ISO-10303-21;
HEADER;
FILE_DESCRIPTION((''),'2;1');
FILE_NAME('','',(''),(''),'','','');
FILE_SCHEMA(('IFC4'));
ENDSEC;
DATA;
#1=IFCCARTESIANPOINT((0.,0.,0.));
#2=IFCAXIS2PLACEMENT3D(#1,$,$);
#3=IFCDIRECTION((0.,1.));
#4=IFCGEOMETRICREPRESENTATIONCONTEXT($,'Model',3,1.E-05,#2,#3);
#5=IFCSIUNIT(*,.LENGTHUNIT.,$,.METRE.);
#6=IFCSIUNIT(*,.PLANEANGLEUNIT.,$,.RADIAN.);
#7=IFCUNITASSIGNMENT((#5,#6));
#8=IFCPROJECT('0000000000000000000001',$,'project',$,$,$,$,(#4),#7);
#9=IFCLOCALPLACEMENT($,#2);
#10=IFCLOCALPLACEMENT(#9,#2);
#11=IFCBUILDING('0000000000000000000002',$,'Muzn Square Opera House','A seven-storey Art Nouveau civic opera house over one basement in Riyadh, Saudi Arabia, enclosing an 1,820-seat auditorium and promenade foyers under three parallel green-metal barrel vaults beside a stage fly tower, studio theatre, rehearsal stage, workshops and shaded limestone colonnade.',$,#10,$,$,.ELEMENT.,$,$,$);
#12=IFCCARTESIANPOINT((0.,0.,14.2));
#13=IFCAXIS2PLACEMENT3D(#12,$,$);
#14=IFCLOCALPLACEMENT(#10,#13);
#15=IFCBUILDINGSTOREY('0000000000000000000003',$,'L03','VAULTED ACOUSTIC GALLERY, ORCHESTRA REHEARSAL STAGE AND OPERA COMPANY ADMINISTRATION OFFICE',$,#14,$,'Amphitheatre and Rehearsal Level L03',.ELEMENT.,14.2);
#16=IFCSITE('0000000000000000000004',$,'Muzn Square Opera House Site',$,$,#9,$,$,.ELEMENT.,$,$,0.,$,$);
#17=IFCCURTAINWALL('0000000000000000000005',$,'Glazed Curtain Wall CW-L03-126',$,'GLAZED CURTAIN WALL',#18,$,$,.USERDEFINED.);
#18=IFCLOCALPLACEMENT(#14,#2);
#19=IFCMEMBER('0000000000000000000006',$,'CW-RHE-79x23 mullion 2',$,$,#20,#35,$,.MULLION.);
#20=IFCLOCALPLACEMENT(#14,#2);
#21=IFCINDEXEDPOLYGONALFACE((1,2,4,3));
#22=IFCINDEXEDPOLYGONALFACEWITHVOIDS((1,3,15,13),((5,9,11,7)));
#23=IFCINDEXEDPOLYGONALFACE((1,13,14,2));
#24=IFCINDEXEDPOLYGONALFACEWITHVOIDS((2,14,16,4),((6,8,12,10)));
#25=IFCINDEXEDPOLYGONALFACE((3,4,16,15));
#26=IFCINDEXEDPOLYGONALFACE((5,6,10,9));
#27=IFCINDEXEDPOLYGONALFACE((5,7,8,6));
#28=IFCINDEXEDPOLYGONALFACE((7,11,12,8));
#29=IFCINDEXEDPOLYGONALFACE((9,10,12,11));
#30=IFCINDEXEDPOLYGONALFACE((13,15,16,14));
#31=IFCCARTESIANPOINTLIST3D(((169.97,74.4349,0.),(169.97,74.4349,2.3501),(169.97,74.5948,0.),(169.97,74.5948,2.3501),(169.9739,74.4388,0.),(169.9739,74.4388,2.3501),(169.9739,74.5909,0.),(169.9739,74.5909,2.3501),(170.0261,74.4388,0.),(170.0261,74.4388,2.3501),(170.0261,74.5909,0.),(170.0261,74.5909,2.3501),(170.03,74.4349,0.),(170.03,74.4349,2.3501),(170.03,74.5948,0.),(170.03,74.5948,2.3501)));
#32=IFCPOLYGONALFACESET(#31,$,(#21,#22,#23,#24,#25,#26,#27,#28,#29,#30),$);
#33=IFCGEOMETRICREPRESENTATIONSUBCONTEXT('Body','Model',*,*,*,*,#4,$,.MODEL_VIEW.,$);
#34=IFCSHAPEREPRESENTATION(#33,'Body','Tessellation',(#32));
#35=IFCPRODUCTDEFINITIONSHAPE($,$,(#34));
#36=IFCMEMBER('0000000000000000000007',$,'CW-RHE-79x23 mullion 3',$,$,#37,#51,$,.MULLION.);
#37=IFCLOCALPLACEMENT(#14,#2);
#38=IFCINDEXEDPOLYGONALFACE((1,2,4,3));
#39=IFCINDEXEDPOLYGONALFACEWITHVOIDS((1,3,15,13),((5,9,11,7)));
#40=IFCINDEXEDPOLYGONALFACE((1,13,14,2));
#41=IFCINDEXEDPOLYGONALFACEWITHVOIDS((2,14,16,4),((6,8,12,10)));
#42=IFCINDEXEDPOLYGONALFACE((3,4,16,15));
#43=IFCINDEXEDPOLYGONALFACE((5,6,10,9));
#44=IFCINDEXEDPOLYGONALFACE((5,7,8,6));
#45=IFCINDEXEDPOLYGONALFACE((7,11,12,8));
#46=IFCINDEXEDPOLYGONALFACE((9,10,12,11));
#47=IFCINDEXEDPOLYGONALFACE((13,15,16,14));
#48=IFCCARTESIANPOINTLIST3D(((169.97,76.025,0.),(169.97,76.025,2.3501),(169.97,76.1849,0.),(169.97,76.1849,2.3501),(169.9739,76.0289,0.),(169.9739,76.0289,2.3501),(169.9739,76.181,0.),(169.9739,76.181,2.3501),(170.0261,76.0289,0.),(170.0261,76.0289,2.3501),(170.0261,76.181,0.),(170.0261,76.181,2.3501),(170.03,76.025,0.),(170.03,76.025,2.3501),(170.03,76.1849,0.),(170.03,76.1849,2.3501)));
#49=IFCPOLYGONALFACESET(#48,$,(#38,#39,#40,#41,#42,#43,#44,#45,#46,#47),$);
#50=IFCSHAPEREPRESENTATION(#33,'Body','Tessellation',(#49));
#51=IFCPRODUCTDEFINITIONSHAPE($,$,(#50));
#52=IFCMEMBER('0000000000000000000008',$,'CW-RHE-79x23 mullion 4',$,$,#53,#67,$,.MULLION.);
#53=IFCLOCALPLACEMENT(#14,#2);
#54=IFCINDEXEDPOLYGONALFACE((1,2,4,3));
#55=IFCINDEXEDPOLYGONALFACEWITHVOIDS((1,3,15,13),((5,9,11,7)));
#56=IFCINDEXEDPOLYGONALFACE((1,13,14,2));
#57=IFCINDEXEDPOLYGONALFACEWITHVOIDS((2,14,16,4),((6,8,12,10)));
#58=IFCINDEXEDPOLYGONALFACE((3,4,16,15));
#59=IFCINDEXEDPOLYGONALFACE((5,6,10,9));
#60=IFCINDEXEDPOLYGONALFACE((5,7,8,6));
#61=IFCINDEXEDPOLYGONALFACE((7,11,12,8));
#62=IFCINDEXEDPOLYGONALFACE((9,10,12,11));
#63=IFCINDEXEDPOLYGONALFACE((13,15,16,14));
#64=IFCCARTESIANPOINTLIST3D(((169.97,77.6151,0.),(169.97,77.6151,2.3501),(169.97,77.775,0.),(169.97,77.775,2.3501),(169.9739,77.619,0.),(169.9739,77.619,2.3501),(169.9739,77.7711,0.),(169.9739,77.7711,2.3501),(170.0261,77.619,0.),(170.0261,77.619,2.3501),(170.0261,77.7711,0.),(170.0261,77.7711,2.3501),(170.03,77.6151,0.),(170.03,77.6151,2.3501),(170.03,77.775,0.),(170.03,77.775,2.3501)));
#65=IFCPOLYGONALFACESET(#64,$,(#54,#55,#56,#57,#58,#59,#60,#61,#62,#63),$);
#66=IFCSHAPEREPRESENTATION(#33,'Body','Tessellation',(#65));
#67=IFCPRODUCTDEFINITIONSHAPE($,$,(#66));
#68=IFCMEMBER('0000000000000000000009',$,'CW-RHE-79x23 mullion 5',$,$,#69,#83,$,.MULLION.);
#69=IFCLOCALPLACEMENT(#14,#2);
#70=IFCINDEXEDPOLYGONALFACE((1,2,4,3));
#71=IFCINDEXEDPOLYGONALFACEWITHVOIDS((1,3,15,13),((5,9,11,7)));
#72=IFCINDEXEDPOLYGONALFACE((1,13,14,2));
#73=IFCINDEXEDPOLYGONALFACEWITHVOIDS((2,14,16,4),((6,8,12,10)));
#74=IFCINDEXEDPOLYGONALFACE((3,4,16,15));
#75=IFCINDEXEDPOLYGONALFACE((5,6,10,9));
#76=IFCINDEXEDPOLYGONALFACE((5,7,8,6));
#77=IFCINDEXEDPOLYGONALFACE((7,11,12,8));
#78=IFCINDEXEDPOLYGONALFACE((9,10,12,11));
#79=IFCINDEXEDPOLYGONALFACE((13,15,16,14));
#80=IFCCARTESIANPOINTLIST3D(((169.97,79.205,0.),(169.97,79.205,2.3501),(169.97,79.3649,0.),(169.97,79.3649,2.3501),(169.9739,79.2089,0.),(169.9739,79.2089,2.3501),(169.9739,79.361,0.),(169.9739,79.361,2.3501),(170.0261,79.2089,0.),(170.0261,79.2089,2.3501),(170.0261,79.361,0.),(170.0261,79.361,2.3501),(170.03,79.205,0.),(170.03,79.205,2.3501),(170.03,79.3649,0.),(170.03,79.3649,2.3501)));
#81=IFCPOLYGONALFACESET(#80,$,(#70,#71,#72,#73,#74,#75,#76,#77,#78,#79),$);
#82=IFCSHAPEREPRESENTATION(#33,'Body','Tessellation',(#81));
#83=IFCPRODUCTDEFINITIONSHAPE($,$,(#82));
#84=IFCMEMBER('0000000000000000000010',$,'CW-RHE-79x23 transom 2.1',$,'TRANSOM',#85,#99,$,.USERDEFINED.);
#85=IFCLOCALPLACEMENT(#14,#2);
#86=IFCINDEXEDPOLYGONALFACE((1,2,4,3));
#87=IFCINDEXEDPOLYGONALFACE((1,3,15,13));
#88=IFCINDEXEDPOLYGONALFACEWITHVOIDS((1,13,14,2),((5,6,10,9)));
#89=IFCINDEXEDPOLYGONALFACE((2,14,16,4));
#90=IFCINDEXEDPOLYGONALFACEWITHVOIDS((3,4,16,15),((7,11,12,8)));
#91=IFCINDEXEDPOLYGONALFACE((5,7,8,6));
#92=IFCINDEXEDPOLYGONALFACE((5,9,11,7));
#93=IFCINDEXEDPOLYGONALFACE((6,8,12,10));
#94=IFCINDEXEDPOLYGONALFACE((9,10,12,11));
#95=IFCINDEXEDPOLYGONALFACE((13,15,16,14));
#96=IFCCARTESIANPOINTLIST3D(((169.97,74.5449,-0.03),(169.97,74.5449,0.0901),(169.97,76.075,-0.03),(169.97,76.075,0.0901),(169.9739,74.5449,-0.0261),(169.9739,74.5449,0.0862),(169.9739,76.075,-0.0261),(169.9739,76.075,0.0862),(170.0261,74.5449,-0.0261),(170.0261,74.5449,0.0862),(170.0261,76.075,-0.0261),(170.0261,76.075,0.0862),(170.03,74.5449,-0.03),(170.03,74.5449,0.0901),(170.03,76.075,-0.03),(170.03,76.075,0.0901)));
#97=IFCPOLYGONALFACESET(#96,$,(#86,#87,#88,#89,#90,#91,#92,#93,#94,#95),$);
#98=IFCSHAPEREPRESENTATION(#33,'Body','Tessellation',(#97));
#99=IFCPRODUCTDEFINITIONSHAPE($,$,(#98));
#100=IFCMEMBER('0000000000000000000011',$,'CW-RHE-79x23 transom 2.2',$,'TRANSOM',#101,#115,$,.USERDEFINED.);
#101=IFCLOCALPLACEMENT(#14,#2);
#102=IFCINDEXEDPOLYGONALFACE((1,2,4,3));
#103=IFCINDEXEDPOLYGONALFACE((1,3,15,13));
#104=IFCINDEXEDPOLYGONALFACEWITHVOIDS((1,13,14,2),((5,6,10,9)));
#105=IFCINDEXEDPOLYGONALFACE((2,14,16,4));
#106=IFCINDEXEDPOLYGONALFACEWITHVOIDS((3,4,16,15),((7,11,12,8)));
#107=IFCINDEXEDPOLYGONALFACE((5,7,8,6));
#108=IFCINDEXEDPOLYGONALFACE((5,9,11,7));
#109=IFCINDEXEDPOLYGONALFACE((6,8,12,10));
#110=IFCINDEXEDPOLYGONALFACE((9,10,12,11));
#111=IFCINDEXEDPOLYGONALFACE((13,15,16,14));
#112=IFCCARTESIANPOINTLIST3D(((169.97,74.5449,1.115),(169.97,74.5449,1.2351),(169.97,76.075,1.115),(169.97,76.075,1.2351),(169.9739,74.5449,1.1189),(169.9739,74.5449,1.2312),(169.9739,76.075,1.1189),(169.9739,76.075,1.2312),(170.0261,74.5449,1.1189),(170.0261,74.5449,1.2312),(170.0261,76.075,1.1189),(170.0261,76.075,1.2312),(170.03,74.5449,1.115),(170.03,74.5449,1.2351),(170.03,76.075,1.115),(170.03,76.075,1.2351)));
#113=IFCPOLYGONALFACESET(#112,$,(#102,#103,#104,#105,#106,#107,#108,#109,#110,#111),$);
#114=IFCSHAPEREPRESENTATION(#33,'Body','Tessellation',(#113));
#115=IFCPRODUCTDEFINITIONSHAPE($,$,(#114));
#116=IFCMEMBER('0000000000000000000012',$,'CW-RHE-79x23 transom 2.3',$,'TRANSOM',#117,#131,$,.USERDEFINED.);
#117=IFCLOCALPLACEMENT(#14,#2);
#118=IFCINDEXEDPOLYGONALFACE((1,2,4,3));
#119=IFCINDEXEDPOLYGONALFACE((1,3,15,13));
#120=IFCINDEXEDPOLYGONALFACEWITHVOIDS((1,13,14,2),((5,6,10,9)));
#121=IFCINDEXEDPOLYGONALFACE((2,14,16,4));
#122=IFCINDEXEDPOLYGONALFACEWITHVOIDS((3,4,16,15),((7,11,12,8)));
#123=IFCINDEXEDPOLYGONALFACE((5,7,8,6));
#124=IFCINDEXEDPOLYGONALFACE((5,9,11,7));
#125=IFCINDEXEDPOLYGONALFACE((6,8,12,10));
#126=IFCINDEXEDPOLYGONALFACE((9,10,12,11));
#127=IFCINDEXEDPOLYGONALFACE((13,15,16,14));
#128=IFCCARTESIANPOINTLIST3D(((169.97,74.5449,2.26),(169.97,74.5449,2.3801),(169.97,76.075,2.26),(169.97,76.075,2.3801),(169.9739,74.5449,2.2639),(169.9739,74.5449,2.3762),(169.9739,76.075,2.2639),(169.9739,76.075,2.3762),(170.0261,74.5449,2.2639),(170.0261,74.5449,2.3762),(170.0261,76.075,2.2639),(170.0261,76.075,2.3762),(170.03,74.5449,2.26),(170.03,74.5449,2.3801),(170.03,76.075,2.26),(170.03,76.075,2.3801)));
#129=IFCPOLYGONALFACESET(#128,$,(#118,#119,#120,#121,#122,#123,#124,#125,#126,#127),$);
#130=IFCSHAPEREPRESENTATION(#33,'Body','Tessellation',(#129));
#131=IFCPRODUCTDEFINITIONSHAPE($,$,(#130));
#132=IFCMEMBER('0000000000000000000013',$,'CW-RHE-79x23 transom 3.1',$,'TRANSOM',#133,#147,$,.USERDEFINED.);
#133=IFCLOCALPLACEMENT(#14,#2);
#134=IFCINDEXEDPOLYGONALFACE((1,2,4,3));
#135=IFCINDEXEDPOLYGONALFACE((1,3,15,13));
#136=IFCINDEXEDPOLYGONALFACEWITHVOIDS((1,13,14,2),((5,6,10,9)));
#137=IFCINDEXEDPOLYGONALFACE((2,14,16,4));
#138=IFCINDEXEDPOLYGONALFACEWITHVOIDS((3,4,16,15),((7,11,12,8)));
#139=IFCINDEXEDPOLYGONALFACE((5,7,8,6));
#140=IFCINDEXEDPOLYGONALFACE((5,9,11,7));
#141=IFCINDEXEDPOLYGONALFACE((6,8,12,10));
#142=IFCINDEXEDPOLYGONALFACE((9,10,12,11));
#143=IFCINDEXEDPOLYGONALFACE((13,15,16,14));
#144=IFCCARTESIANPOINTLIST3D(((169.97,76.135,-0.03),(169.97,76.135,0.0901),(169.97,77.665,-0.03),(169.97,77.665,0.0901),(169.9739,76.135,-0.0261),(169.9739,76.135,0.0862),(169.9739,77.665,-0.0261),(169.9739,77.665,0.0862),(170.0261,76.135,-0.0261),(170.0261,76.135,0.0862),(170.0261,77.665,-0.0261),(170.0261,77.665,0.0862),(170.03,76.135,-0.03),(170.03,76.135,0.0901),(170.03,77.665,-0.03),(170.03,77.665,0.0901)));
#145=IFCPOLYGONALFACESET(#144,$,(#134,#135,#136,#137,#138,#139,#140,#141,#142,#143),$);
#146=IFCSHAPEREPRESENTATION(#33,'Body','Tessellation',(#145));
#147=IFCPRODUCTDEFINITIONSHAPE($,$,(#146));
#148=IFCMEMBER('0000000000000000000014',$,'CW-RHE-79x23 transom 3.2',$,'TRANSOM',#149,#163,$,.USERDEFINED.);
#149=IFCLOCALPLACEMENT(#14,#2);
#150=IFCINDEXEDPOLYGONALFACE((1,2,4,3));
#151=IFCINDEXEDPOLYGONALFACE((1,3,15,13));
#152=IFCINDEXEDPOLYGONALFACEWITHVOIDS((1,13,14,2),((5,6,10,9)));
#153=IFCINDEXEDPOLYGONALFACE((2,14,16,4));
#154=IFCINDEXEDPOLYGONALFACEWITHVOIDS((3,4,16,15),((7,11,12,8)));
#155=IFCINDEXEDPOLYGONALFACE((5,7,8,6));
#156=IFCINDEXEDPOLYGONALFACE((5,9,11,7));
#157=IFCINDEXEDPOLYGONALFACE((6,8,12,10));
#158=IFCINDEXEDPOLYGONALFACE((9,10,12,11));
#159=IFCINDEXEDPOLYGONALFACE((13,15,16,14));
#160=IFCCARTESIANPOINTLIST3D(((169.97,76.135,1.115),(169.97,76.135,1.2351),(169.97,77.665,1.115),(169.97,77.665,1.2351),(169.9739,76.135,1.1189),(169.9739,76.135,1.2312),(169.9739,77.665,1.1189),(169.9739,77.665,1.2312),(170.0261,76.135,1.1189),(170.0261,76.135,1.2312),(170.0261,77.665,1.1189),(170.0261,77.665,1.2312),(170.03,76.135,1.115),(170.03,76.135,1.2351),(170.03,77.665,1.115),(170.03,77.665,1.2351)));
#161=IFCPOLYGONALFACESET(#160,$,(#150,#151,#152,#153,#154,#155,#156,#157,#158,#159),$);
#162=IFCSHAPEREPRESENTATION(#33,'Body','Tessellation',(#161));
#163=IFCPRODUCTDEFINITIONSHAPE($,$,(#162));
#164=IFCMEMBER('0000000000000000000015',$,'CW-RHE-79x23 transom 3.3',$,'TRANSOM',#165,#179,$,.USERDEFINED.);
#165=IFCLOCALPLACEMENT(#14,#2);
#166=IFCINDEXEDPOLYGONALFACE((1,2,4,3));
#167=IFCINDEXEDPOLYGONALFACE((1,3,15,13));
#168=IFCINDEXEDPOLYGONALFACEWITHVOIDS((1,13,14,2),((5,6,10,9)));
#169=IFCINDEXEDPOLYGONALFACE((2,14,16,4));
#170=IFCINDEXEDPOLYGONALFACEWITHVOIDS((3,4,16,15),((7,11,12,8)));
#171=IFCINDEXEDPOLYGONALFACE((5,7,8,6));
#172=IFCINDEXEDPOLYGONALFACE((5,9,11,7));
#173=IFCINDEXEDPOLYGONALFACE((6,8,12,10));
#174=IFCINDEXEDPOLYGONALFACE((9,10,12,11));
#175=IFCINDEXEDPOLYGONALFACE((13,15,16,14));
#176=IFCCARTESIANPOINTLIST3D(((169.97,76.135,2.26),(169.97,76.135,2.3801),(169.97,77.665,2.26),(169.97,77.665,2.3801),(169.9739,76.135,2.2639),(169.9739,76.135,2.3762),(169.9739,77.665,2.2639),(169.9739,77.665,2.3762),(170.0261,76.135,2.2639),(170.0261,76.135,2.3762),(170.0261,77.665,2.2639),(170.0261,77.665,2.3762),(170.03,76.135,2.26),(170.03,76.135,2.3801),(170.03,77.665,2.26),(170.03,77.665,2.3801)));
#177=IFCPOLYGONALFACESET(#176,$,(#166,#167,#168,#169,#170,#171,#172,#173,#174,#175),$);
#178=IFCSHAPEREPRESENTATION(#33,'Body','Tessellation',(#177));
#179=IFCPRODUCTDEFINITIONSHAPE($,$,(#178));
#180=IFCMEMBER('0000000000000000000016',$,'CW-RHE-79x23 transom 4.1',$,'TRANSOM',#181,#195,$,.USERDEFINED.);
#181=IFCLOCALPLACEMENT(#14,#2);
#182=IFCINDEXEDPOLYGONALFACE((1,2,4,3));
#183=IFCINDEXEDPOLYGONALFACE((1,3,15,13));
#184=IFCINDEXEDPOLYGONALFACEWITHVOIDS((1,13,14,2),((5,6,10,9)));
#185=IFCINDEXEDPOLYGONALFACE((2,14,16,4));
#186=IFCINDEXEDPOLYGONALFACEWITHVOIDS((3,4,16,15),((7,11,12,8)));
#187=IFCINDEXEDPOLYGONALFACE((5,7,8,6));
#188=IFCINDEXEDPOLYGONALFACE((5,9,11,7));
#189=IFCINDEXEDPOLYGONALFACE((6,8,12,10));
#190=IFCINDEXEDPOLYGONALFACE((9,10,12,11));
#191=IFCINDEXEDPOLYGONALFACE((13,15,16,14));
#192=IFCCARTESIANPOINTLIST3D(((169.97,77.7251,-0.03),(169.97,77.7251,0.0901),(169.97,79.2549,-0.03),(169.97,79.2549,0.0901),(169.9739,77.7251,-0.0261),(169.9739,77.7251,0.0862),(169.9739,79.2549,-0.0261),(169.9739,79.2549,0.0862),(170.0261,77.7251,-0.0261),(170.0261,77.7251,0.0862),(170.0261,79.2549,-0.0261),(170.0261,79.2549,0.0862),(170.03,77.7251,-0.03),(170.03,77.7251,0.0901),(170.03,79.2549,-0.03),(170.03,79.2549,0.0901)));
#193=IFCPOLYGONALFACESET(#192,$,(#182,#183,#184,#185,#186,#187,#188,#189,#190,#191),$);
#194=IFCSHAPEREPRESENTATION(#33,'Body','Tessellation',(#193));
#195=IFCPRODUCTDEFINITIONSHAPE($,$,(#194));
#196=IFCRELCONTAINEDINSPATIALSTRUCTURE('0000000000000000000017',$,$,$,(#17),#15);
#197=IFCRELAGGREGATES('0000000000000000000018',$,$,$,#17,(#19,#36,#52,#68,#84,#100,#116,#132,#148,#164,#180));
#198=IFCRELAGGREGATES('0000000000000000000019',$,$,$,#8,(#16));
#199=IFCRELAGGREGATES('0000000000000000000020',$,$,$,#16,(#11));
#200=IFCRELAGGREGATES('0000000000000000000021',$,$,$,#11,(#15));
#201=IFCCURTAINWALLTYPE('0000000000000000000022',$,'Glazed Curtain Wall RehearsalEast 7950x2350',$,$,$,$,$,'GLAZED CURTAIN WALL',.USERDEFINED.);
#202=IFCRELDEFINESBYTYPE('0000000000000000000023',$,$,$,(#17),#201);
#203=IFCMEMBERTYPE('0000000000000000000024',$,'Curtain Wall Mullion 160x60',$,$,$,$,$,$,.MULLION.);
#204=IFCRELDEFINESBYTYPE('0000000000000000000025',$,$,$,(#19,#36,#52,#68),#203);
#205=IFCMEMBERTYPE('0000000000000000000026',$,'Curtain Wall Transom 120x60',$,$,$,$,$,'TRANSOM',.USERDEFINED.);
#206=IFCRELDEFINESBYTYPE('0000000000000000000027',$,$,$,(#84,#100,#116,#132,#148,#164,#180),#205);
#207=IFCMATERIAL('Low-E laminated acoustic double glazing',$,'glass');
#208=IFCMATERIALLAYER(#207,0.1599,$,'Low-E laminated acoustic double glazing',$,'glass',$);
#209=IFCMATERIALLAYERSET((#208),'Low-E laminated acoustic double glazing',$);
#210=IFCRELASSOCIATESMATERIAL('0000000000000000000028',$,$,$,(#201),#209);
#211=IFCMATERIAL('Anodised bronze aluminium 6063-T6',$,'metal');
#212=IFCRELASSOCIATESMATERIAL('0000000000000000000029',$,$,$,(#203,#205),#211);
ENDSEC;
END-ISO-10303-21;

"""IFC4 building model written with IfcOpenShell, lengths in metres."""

from ifc_helpers import new_model, si_unit, direction, frame, origin, origin_2d, place, context, subcontext, project, spatial, hollow_rectangle, extrude, material, layer, layer_set, material_profile, profile_set, type_object, element, aggregate, save


model = new_model("IFC4")

# Units and contexts
model_context = context("Model", 3, precision=1e-05, world=origin(), true_north=direction((0.0, 1.0)))
body_context = subcontext(model_context, "Body", "Model", "MODEL_VIEW")
ifc_project = project(units=[si_unit("LENGTHUNIT", "METRE"), si_unit("PLANEANGLEUNIT", "RADIAN")], contexts=[model_context])

# Site, building, storey
site_placement = place(None, origin())
site = spatial("IfcSite", under=ifc_project, at=site_placement, Name="Muzn Square Opera House Site", CompositionType="ELEMENT", RefElevation=0.0)
building_placement = place(site_placement, origin())
building = spatial("IfcBuilding", under=site, at=building_placement, Name="Muzn Square Opera House", Description="A seven-storey Art Nouveau civic opera house over one basement in Riyadh, Saudi Arabia, enclosing an 1,820-seat auditorium and promenade foyers under three parallel green-metal barrel vaults beside a stage fly tower, studio theatre, rehearsal stage, workshops and shaded limestone colonnade.", CompositionType="ELEMENT")
storey_placement = place(building_placement, frame((0.0, 0.0, 14.2)))
storey = spatial("IfcBuildingStorey", under=building, at=storey_placement, Name="L03", Description="VAULTED ACOUSTIC GALLERY, ORCHESTRA REHEARSAL STAGE AND OPERA COMPANY ADMINISTRATION OFFICE", LongName="Amphitheatre and Rehearsal Level L03", CompositionType="ELEMENT", Elevation=14.2)

# Curtain wall, members
ifc_material_1 = material(Name="Low-E laminated acoustic double glazing", Category="glass")
ifc_layer_1 = layer(ifc_material_1, 0.1599, Name="Low-E laminated acoustic double glazing", Category="glass")
ifc_layer_set_1 = layer_set([ifc_layer_1], Name="Low-E laminated acoustic double glazing")
curtain_wall_type = type_object("IfcCurtainWallType", Name="Glazed Curtain Wall RehearsalEast 7950x2350", ElementType="GLAZED CURTAIN WALL", PredefinedType="USERDEFINED", material=ifc_layer_set_1)
curtain_wall_placement = place(storey_placement, origin())
curtain_wall = element("IfcCurtainWall", 1, at=curtain_wall_placement, inside=storey, type_object=curtain_wall_type, Name="Glazed Curtain Wall CW-L03-126", ObjectType="GLAZED CURTAIN WALL", PredefinedType="USERDEFINED")
ifc_material_2 = material(Name="Anodised bronze aluminium 6063-T6", Category="metal")
ifc_material_profile_1 = material_profile(ifc_material_2, hollow_rectangle(XDim=0.0601, YDim=0.1599, WallThickness=0.0039, at=origin_2d()), Name="ALU 160x60x4", Category="metal")
ifc_profile_set_1 = profile_set([ifc_material_profile_1], Name="Anodised bronze aluminium 6063-T6")
member_type_1 = type_object("IfcMemberType", Name="Curtain Wall Mullion 160x60", PredefinedType="MULLION", material=ifc_profile_set_1)
member_1_placement = place(storey_placement, frame((170.0, 74.5149, 0.0), z_axis=(0.0, 0.0, 1.0), x_axis=(-1.0, 0.0, 0.0)))
member_1 = element("IfcMember", 2, at=member_1_placement, type_object=member_type_1, Name="CW-RHE-79x23 mullion 2", PredefinedType="MULLION", context=body_context, shape_type="SweptSolid", body=[
    extrude(hollow_rectangle(XDim=0.0601, YDim=0.1599, WallThickness=0.0039, at=origin_2d()), origin(), (0.0, 0.0, 1.0), 2.3501),
])
member_2_placement = place(storey_placement, frame((170.0, 76.105, 0.0), z_axis=(0.0, 0.0, 1.0), x_axis=(-1.0, 0.0, 0.0)))
member_2 = element("IfcMember", 3, at=member_2_placement, type_object=member_type_1, Name="CW-RHE-79x23 mullion 3", PredefinedType="MULLION", context=body_context, shape_type="SweptSolid", body=[
    extrude(hollow_rectangle(XDim=0.0601, YDim=0.1599, WallThickness=0.0039, at=origin_2d()), origin(), (0.0, 0.0, 1.0), 2.3501),
])
member_3_placement = place(storey_placement, frame((170.0, 77.6951, 0.0), z_axis=(0.0, 0.0, 1.0), x_axis=(-1.0, 0.0, 0.0)))
member_3 = element("IfcMember", 4, at=member_3_placement, type_object=member_type_1, Name="CW-RHE-79x23 mullion 4", PredefinedType="MULLION", context=body_context, shape_type="SweptSolid", body=[
    extrude(hollow_rectangle(XDim=0.0601, YDim=0.1599, WallThickness=0.0039, at=origin_2d()), origin(), (0.0, 0.0, 1.0), 2.3501),
])
member_4_placement = place(storey_placement, frame((170.0, 79.2849, 0.0), z_axis=(0.0, 0.0, 1.0), x_axis=(-1.0, 0.0, 0.0)))
member_4 = element("IfcMember", 5, at=member_4_placement, type_object=member_type_1, Name="CW-RHE-79x23 mullion 5", PredefinedType="MULLION", context=body_context, shape_type="SweptSolid", body=[
    extrude(hollow_rectangle(XDim=0.0601, YDim=0.1599, WallThickness=0.0039, at=origin_2d()), origin(), (0.0, 0.0, 1.0), 2.3501),
])
ifc_material_profile_2 = material_profile(ifc_material_2, hollow_rectangle(XDim=0.0601, YDim=0.1201, WallThickness=0.0039, at=origin_2d()), Name="ALU 120x60x4", Category="metal")
ifc_profile_set_2 = profile_set([ifc_material_profile_2], Name="Anodised bronze aluminium 6063-T6")
member_type_2 = type_object("IfcMemberType", Name="Curtain Wall Transom 120x60", ElementType="TRANSOM", PredefinedType="USERDEFINED", material=ifc_profile_set_2)
member_5_placement = place(storey_placement, frame((170.0, 74.5449, 0.03), z_axis=(0.0, 1.0, 0.0), x_axis=(-1.0, 0.0, 0.0)))
member_5 = element("IfcMember", 6, at=member_5_placement, type_object=member_type_2, Name="CW-RHE-79x23 transom 2.1", ObjectType="TRANSOM", PredefinedType="USERDEFINED", context=body_context, shape_type="SweptSolid", body=[
    extrude(hollow_rectangle(XDim=0.0601, YDim=0.1201, WallThickness=0.0039, at=origin_2d()), origin(), (0.0, 0.0, 1.0), 1.53),
])
member_6_placement = place(storey_placement, frame((170.0, 74.5449, 1.175), z_axis=(0.0, 1.0, 0.0), x_axis=(-1.0, 0.0, 0.0)))
member_6 = element("IfcMember", 7, at=member_6_placement, type_object=member_type_2, Name="CW-RHE-79x23 transom 2.2", ObjectType="TRANSOM", PredefinedType="USERDEFINED", context=body_context, shape_type="SweptSolid", body=[
    extrude(hollow_rectangle(XDim=0.0601, YDim=0.1201, WallThickness=0.0039, at=origin_2d()), origin(), (0.0, 0.0, 1.0), 1.53),
])
member_7_placement = place(storey_placement, frame((170.0, 74.5449, 2.3201), z_axis=(0.0, 1.0, 0.0), x_axis=(-1.0, 0.0, 0.0)))
member_7 = element("IfcMember", 8, at=member_7_placement, type_object=member_type_2, Name="CW-RHE-79x23 transom 2.3", ObjectType="TRANSOM", PredefinedType="USERDEFINED", context=body_context, shape_type="SweptSolid", body=[
    extrude(hollow_rectangle(XDim=0.0601, YDim=0.1201, WallThickness=0.0039, at=origin_2d()), origin(), (0.0, 0.0, 1.0), 1.53),
])
member_8_placement = place(storey_placement, frame((170.0, 76.135, 0.03), z_axis=(0.0, 1.0, 0.0), x_axis=(-1.0, 0.0, 0.0)))
member_8 = element("IfcMember", 9, at=member_8_placement, type_object=member_type_2, Name="CW-RHE-79x23 transom 3.1", ObjectType="TRANSOM", PredefinedType="USERDEFINED", context=body_context, shape_type="SweptSolid", body=[
    extrude(hollow_rectangle(XDim=0.0601, YDim=0.1201, WallThickness=0.0039, at=origin_2d()), origin(), (0.0, 0.0, 1.0), 1.53),
])
member_9_placement = place(storey_placement, frame((170.0, 76.135, 1.175), z_axis=(0.0, 1.0, 0.0), x_axis=(-1.0, 0.0, 0.0)))
member_9 = element("IfcMember", 10, at=member_9_placement, type_object=member_type_2, Name="CW-RHE-79x23 transom 3.2", ObjectType="TRANSOM", PredefinedType="USERDEFINED", context=body_context, shape_type="SweptSolid", body=[
    extrude(hollow_rectangle(XDim=0.0601, YDim=0.1201, WallThickness=0.0039, at=origin_2d()), origin(), (0.0, 0.0, 1.0), 1.53),
])
member_10_placement = place(storey_placement, frame((170.0, 76.135, 2.3201), z_axis=(0.0, 1.0, 0.0), x_axis=(-1.0, 0.0, 0.0)))
member_10 = element("IfcMember", 11, at=member_10_placement, type_object=member_type_2, Name="CW-RHE-79x23 transom 3.3", ObjectType="TRANSOM", PredefinedType="USERDEFINED", context=body_context, shape_type="SweptSolid", body=[
    extrude(hollow_rectangle(XDim=0.0601, YDim=0.1201, WallThickness=0.0039, at=origin_2d()), origin(), (0.0, 0.0, 1.0), 1.53),
])
member_11_placement = place(storey_placement, frame((170.0, 77.7251, 0.03), z_axis=(0.0, 1.0, 0.0), x_axis=(-1.0, 0.0, 0.0)))
member_11 = element("IfcMember", 12, at=member_11_placement, type_object=member_type_2, Name="CW-RHE-79x23 transom 4.1", ObjectType="TRANSOM", PredefinedType="USERDEFINED", context=body_context, shape_type="SweptSolid", body=[
    extrude(hollow_rectangle(XDim=0.0601, YDim=0.1201, WallThickness=0.0039, at=origin_2d()), origin(), (0.0, 0.0, 1.0), 1.5298),
])
aggregate(curtain_wall, [member_1, member_2, member_3, member_4, member_5, member_6, member_7, member_8, member_9, member_10, member_11])

save(model, "model.ifc")
